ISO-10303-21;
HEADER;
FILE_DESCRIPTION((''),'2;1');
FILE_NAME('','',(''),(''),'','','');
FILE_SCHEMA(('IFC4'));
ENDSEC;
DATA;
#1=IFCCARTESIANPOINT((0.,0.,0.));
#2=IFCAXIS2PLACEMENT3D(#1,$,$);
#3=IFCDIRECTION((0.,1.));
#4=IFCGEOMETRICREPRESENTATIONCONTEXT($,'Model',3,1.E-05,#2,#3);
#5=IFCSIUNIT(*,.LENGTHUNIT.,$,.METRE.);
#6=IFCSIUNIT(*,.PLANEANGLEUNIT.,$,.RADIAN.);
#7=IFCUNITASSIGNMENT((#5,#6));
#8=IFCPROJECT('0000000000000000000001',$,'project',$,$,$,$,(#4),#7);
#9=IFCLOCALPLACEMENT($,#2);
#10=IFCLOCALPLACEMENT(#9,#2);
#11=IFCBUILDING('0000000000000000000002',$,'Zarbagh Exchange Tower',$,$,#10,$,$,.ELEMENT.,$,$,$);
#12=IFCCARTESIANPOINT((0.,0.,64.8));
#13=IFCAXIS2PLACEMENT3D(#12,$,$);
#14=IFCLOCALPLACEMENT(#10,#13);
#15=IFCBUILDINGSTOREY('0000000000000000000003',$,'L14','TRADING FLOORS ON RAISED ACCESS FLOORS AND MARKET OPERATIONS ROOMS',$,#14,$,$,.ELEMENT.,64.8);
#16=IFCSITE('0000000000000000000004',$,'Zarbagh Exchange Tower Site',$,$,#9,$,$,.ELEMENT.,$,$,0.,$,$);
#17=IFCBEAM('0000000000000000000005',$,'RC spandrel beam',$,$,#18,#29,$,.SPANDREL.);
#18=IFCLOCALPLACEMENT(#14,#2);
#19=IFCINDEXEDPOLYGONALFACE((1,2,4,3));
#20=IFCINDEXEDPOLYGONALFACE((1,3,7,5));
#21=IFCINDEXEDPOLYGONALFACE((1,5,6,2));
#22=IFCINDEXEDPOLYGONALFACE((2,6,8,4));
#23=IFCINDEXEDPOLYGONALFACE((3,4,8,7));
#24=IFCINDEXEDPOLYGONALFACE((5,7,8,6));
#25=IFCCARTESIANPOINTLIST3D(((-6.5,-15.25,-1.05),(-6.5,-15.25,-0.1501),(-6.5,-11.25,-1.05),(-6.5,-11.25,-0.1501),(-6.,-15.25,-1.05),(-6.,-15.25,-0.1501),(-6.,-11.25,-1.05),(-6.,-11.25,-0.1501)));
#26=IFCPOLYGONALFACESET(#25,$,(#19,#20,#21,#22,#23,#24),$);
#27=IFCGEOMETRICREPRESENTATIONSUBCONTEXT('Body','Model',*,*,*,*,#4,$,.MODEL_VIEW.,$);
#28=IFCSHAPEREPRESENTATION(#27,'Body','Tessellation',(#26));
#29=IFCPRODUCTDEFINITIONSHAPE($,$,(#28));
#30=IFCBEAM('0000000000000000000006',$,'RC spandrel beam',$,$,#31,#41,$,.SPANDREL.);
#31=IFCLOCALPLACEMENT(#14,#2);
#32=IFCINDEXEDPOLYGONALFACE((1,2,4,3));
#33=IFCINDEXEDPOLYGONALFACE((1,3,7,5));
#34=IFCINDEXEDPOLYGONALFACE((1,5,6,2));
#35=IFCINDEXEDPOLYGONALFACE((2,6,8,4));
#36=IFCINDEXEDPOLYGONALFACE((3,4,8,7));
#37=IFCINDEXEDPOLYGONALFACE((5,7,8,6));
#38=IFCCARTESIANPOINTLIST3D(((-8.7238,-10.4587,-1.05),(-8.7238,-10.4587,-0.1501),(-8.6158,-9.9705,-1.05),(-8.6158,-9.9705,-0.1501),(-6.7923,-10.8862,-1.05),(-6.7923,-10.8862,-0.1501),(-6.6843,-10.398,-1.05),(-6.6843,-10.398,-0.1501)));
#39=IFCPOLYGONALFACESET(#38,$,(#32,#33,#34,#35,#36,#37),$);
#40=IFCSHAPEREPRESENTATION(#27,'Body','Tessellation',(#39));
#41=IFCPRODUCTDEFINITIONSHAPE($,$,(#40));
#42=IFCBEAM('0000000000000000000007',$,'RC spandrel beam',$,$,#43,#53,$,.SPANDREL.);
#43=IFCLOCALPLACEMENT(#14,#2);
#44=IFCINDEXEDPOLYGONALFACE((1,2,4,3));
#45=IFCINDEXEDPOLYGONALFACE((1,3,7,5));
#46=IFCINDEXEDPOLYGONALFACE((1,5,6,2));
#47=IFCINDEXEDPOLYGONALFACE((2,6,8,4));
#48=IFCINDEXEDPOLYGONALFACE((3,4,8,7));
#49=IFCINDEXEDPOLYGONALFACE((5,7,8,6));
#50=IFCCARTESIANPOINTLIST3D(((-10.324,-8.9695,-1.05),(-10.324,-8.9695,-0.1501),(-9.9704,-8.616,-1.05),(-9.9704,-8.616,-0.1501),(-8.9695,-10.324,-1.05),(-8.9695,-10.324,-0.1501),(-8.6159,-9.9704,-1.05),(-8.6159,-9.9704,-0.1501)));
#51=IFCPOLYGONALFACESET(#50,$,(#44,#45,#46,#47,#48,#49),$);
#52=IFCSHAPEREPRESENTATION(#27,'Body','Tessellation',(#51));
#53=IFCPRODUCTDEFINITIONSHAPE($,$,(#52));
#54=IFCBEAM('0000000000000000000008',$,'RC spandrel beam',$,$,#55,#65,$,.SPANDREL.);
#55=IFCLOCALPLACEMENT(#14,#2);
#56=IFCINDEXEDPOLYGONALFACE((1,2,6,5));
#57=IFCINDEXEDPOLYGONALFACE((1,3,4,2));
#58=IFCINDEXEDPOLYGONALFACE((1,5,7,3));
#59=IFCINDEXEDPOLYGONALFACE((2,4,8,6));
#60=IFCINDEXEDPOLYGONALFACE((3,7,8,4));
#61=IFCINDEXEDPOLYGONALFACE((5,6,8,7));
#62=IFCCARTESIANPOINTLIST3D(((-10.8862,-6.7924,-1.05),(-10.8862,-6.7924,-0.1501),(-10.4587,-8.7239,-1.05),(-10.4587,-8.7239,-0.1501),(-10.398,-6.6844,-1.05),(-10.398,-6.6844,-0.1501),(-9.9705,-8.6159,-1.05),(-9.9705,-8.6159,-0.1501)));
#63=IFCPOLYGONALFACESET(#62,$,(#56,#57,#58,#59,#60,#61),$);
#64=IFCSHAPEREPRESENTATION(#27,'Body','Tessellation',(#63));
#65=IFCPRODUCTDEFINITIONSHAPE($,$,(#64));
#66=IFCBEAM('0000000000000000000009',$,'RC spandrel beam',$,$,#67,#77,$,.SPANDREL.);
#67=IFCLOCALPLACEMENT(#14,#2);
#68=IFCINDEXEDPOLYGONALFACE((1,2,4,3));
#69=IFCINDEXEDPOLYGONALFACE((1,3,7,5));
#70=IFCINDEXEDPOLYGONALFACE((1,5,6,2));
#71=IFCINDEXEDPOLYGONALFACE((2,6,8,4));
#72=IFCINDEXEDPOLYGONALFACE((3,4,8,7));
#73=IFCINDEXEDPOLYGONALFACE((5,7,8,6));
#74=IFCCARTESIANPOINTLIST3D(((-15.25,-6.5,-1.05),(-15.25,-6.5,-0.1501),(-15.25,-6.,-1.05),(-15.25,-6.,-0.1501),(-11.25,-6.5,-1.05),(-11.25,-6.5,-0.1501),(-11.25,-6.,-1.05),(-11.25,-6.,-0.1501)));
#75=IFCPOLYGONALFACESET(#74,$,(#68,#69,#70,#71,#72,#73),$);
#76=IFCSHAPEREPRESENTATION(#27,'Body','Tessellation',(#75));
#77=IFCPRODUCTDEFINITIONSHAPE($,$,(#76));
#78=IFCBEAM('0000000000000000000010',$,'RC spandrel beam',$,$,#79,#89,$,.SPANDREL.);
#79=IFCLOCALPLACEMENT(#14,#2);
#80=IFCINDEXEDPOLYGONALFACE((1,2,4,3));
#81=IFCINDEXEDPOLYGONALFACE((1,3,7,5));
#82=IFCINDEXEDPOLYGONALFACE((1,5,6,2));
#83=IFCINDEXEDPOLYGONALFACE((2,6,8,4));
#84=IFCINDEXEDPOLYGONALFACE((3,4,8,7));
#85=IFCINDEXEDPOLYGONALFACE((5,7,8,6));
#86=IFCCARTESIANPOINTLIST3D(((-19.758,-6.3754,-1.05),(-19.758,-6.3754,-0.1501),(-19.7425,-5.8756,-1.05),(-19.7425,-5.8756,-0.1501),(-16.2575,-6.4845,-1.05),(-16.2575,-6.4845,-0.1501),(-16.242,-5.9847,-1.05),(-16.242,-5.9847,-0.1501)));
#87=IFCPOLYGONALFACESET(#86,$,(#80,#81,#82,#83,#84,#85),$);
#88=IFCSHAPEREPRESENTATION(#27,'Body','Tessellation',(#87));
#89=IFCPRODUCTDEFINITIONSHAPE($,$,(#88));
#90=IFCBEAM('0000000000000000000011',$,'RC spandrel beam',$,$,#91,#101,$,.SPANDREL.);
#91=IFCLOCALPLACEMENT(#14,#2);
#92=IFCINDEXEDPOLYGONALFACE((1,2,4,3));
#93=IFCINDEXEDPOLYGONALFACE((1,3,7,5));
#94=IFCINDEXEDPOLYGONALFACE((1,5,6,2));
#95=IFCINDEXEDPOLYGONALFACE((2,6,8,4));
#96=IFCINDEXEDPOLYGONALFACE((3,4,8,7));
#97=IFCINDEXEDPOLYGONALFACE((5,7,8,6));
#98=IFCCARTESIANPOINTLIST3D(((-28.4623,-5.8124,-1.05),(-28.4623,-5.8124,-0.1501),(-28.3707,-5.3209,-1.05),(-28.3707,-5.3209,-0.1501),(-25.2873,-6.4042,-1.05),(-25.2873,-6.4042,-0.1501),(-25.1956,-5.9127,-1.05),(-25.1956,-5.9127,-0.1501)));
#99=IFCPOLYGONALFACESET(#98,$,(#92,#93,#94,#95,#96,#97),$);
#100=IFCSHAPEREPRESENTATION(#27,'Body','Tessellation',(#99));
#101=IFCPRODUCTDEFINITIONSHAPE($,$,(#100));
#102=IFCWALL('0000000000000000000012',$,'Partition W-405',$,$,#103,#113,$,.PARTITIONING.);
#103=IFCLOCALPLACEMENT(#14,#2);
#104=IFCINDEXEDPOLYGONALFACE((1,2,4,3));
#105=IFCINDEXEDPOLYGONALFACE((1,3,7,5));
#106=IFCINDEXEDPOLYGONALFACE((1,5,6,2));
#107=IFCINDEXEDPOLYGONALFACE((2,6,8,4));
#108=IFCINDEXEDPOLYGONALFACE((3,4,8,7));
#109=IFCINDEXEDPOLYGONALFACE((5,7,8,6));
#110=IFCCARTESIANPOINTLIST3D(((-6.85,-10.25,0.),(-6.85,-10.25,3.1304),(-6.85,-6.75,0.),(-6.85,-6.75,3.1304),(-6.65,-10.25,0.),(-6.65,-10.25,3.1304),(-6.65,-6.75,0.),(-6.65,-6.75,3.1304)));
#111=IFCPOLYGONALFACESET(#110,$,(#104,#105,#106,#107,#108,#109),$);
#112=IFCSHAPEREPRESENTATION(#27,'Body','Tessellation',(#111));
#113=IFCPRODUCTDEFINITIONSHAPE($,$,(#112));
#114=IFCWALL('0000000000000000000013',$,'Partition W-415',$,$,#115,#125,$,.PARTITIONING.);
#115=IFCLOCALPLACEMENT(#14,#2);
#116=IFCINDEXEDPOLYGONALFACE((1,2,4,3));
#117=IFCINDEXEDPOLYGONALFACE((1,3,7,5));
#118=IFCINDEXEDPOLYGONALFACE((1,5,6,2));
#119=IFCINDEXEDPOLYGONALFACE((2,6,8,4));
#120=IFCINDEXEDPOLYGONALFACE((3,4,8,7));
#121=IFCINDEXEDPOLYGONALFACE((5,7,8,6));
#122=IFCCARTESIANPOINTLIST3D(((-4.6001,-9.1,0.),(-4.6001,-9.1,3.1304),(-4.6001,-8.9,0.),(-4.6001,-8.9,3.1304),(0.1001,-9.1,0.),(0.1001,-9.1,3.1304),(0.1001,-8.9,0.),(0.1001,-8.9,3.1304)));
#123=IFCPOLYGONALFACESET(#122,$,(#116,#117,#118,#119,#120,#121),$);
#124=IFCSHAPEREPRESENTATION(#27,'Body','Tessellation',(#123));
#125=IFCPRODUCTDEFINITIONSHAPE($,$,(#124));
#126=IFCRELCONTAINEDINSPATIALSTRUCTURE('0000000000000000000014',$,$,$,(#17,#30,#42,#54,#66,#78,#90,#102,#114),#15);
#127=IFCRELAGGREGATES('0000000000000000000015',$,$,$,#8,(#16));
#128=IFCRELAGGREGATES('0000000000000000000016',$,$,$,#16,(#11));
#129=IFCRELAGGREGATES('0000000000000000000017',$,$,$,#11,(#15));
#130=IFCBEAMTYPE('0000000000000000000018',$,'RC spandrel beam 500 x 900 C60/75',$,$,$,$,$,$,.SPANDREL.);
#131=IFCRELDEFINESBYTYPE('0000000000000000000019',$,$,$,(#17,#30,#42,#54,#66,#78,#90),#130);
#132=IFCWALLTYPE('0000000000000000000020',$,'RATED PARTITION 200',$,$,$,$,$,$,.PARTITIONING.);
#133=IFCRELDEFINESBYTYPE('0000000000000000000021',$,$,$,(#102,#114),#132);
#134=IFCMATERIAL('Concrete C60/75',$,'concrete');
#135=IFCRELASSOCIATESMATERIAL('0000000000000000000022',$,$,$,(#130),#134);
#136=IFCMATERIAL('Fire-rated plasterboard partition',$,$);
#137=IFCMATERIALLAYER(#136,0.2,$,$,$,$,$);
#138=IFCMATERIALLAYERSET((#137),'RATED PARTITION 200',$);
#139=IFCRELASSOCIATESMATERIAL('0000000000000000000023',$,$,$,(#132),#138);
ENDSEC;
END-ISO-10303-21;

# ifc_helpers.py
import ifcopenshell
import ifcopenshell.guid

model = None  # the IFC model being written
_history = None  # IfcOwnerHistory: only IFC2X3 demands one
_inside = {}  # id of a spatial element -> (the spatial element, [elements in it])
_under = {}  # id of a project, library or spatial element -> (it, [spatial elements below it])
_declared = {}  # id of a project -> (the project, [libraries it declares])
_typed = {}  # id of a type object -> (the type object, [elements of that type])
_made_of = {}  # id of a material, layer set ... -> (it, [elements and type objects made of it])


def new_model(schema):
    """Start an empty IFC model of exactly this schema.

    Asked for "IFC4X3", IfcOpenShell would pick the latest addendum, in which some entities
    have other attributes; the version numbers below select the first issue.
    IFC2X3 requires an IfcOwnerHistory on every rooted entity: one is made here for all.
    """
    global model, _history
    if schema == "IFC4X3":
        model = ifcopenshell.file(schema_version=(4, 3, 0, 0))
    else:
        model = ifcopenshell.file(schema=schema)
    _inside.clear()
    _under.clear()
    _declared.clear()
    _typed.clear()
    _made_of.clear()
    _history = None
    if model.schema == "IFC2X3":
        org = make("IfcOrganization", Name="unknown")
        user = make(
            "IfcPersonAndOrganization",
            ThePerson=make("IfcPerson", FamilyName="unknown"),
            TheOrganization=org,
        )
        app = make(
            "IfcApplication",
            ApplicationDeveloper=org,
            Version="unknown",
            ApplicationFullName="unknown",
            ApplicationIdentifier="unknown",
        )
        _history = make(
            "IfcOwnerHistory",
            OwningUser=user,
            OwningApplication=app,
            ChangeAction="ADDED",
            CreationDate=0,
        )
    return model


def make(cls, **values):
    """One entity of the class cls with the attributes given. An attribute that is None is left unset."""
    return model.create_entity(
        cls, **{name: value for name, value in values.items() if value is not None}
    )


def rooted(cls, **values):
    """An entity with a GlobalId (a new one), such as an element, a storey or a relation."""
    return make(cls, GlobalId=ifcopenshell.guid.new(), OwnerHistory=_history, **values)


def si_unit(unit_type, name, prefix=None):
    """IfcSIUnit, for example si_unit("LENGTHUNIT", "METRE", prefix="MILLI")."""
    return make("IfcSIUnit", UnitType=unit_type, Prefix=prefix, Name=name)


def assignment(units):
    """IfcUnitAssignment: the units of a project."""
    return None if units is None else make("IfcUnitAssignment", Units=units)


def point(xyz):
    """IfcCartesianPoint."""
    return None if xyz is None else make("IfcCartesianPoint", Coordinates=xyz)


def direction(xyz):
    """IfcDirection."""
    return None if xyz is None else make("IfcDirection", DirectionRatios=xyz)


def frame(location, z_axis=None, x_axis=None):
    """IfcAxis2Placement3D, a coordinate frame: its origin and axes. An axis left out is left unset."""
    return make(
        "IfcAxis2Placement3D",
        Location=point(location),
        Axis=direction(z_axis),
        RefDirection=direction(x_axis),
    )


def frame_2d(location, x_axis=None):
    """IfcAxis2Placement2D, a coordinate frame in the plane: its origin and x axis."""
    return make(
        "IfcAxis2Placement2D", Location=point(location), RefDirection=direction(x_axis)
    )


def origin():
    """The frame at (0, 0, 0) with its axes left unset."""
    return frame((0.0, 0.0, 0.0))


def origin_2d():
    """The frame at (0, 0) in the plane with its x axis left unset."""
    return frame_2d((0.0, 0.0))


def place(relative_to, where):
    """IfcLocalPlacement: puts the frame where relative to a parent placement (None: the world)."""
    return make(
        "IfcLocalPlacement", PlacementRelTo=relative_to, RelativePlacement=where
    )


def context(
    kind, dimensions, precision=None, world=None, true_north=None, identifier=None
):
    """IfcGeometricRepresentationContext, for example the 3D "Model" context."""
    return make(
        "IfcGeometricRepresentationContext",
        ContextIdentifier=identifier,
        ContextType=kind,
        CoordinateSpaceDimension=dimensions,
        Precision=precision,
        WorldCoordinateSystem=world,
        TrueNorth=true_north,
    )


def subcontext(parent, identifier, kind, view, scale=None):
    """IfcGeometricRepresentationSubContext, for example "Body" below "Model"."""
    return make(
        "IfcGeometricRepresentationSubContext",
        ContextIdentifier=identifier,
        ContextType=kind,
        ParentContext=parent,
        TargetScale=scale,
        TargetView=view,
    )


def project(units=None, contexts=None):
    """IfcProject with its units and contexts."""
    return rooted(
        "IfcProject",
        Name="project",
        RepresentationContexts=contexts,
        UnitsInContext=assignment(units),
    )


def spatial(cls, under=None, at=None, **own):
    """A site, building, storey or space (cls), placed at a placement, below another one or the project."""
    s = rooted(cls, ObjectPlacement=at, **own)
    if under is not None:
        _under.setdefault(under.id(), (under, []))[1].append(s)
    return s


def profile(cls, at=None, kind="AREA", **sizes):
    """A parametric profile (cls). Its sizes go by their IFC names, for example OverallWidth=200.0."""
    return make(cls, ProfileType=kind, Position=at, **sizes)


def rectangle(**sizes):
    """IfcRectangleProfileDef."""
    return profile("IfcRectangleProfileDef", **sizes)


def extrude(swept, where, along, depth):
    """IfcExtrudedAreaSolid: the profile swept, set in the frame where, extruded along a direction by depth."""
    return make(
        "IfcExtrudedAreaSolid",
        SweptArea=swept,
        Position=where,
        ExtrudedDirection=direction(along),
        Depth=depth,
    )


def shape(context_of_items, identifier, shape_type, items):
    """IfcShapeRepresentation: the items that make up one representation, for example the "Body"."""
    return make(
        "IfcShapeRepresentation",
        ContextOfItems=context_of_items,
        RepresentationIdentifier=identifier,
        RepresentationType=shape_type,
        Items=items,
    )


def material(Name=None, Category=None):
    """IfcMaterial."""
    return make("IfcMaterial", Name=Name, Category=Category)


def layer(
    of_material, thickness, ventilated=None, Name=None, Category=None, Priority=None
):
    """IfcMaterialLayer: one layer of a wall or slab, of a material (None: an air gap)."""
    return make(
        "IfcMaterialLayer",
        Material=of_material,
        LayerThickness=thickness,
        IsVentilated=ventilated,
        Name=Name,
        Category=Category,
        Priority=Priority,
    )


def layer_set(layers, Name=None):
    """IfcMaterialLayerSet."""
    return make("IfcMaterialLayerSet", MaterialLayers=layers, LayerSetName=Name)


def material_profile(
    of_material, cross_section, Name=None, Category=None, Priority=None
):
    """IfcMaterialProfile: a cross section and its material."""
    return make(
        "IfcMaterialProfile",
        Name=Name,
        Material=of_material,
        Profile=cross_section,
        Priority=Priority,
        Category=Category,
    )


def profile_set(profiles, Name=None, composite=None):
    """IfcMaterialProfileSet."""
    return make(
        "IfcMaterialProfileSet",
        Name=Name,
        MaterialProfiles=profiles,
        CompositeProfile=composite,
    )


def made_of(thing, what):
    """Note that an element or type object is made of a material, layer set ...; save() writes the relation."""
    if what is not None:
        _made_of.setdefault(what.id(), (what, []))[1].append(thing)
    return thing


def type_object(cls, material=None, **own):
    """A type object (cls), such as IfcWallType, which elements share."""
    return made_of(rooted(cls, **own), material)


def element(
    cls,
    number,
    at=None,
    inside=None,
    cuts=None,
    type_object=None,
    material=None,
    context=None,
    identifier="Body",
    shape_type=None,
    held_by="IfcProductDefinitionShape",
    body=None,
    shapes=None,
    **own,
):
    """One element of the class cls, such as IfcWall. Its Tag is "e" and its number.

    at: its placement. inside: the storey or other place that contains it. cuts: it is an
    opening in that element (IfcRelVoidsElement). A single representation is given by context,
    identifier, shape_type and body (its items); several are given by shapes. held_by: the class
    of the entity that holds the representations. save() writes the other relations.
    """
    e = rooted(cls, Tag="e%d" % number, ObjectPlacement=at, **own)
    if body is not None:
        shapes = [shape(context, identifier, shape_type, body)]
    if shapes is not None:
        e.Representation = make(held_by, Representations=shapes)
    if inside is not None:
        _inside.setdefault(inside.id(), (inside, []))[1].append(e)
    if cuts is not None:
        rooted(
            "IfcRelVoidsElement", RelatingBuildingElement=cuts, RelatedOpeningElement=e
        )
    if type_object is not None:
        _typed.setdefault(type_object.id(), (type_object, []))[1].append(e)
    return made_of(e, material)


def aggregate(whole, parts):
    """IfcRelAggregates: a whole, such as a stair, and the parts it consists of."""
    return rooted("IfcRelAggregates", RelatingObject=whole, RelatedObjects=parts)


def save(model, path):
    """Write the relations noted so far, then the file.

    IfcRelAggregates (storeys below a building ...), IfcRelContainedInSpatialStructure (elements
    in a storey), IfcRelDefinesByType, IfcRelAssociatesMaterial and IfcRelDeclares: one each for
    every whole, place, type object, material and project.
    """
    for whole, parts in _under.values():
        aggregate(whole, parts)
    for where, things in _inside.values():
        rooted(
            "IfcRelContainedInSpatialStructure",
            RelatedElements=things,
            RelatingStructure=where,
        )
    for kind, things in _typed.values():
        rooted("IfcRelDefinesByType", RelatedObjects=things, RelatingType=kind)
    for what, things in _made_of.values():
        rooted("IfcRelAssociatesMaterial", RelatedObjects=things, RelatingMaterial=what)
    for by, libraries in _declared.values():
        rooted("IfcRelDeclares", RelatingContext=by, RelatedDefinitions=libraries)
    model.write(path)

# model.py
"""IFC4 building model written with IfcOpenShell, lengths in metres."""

from ifc_helpers import new_model, si_unit, direction, frame, frame_2d, origin, origin_2d, place, context, subcontext, project, spatial, rectangle, extrude, material, layer, layer_set, material_profile, profile_set, type_object, element, save


model = new_model("IFC4")

# Units and contexts
model_context = context("Model", 3, precision=1e-05, world=origin(), true_north=direction((0.0, 1.0)))
body_context = subcontext(model_context, "Body", "Model", "MODEL_VIEW")
ifc_project = project(units=[si_unit("LENGTHUNIT", "METRE"), si_unit("PLANEANGLEUNIT", "RADIAN")], contexts=[model_context])

# Site, building, storey
site_placement = place(None, origin())
site = spatial("IfcSite", under=ifc_project, at=site_placement, Name="Zarbagh Exchange Tower Site", CompositionType="ELEMENT", RefElevation=0.0)
building_placement = place(site_placement, origin())
building = spatial("IfcBuilding", under=site, at=building_placement, Name="Zarbagh Exchange Tower", CompositionType="ELEMENT")
storey_placement = place(building_placement, frame((0.0, 0.0, 64.8)))
storey = spatial("IfcBuildingStorey", under=building, at=storey_placement, Name="L14", Description="TRADING FLOORS ON RAISED ACCESS FLOORS AND MARKET OPERATIONS ROOMS", CompositionType="ELEMENT", Elevation=64.8)

# Shared definitions
ifc_material_1 = material(Name="Concrete C60/75", Category="concrete")

# Beams
ifc_material_profile_1 = material_profile(ifc_material_1, rectangle(XDim=0.5, YDim=0.8999, at=origin_2d()), Name="RC spandrel beam 500 x 900 C60/75")
ifc_profile_set_1 = profile_set([ifc_material_profile_1], Name="Concrete C60/75")
beam_type_1 = type_object("IfcBeamType", Name="RC spandrel beam 500 x 900 C60/75", PredefinedType="SPANDREL", material=ifc_profile_set_1)
beam_1_placement = place(storey_placement, frame((-6.25, -15.25, -0.6001), z_axis=(0.0, 1.0, 0.0), x_axis=(-1.0, 0.0, 0.0)))
element("IfcBeam", 1, at=beam_1_placement, inside=storey, type_object=beam_type_1, Name="RC spandrel beam", PredefinedType="SPANDREL", context=body_context, shape_type="SweptSolid", body=[
    extrude(rectangle(XDim=0.5, YDim=0.8999, at=origin_2d()), origin(), (0.0, 0.0, 1.0), 4.0),
])
beam_2_placement = place(storey_placement, frame((-6.7383, -10.6421, -0.6001), z_axis=(-0.976375, 0.216081, 0.0), x_axis=(-0.216081, -0.976375, 0.0)))
element("IfcBeam", 2, at=beam_2_placement, inside=storey, type_object=beam_type_1, Name="RC spandrel beam", PredefinedType="SPANDREL", context=body_context, shape_type="SweptSolid", body=[
    extrude(rectangle(XDim=0.5, YDim=0.8999, at=origin_2d()), origin(), (0.0, 0.0, 1.0), 1.9783),
])
beam_3_placement = place(storey_placement, frame((-8.7927, -10.1472, -0.6001), z_axis=(-0.707107, 0.707107, 0.0), x_axis=(-0.707107, -0.707107, 0.0)))
element("IfcBeam", 3, at=beam_3_placement, inside=storey, type_object=beam_type_1, Name="RC spandrel beam", PredefinedType="SPANDREL", context=body_context, shape_type="SweptSolid", body=[
    extrude(rectangle(XDim=0.5, YDim=0.8999, at=origin_2d()), origin(), (0.0, 0.0, 1.0), 1.9155),
])
beam_4_placement = place(storey_placement, frame((-10.2146, -8.6699, -0.6001), z_axis=(-0.216081, 0.976375, 0.0), x_axis=(-0.976375, -0.216081, 0.0)))
element("IfcBeam", 4, at=beam_4_placement, inside=storey, type_object=beam_type_1, Name="RC spandrel beam", PredefinedType="SPANDREL", context=body_context, shape_type="SweptSolid", body=[
    extrude(rectangle(XDim=0.5, YDim=0.8999, at=origin_2d()), origin(), (0.0, 0.0, 1.0), 1.9783),
])
beam_5_placement = place(storey_placement, frame((-11.25, -6.25, -0.6001), z_axis=(-1.0, 0.0, 0.0), x_axis=(0.0, -1.0, 0.0)))
element("IfcBeam", 5, at=beam_5_placement, inside=storey, type_object=beam_type_1, Name="RC spandrel beam", PredefinedType="SPANDREL", context=body_context, shape_type="SweptSolid", body=[
    extrude(rectangle(XDim=0.5, YDim=0.8999, at=origin_2d()), origin(), (0.0, 0.0, 1.0), 4.0),
])
beam_6_placement = place(storey_placement, frame((-16.2498, -6.2346, -0.6001), z_axis=(-0.999514, 0.031161, 0.0), x_axis=(-0.031161, -0.999514, 0.0)))
element("IfcBeam", 6, at=beam_6_placement, inside=storey, type_object=beam_type_1, Name="RC spandrel beam", PredefinedType="SPANDREL", context=body_context, shape_type="SweptSolid", body=[
    extrude(rectangle(XDim=0.5, YDim=0.8999, at=origin_2d()), origin(), (0.0, 0.0, 1.0), 3.5022),
])
beam_7_placement = place(storey_placement, frame((-25.2415, -6.1584, -0.6001), z_axis=(-0.983069, 0.183234, 0.0), x_axis=(-0.183234, -0.983069, 0.0)))
element("IfcBeam", 7, at=beam_7_placement, inside=storey, type_object=beam_type_1, Name="RC spandrel beam", PredefinedType="SPANDREL", context=body_context, shape_type="SweptSolid", body=[
    extrude(rectangle(XDim=0.5, YDim=0.8999, at=origin_2d()), origin(), (0.0, 0.0, 1.0), 3.2297),
])

# Walls
ifc_material_2 = material(Name="Fire-rated plasterboard partition")
ifc_layer = layer(ifc_material_2, 0.2)
ifc_layer_set = layer_set([ifc_layer], Name="RATED PARTITION 200")
wall_type = type_object("IfcWallType", Name="RATED PARTITION 200", PredefinedType="PARTITIONING", material=ifc_layer_set)
wall_1_placement = place(storey_placement, frame((-6.75, -10.25, 0.0), z_axis=(0.0, 0.0, 1.0), x_axis=(0.0, 1.0, 0.0)))
element("IfcWall", 8, at=wall_1_placement, inside=storey, type_object=wall_type, Name="Partition W-405", PredefinedType="PARTITIONING", context=body_context, shape_type="SweptSolid", body=[
    extrude(rectangle(XDim=3.5, YDim=0.2, at=frame_2d((1.75, 0.0))), origin(), (0.0, 0.0, 1.0), 3.1304),
])
wall_2_placement = place(storey_placement, frame((-4.6001, -9.0, 0.0), z_axis=(0.0, 0.0, 1.0), x_axis=(1.0, 0.0, 0.0)))
element("IfcWall", 9, at=wall_2_placement, inside=storey, type_object=wall_type, Name="Partition W-415", PredefinedType="PARTITIONING", context=body_context, shape_type="SweptSolid", body=[
    extrude(rectangle(XDim=4.7002, YDim=0.2, at=frame_2d((2.3501, 0.0))), origin(), (0.0, 0.0, 1.0), 3.1304),
])

save(model, "model.ifc")
